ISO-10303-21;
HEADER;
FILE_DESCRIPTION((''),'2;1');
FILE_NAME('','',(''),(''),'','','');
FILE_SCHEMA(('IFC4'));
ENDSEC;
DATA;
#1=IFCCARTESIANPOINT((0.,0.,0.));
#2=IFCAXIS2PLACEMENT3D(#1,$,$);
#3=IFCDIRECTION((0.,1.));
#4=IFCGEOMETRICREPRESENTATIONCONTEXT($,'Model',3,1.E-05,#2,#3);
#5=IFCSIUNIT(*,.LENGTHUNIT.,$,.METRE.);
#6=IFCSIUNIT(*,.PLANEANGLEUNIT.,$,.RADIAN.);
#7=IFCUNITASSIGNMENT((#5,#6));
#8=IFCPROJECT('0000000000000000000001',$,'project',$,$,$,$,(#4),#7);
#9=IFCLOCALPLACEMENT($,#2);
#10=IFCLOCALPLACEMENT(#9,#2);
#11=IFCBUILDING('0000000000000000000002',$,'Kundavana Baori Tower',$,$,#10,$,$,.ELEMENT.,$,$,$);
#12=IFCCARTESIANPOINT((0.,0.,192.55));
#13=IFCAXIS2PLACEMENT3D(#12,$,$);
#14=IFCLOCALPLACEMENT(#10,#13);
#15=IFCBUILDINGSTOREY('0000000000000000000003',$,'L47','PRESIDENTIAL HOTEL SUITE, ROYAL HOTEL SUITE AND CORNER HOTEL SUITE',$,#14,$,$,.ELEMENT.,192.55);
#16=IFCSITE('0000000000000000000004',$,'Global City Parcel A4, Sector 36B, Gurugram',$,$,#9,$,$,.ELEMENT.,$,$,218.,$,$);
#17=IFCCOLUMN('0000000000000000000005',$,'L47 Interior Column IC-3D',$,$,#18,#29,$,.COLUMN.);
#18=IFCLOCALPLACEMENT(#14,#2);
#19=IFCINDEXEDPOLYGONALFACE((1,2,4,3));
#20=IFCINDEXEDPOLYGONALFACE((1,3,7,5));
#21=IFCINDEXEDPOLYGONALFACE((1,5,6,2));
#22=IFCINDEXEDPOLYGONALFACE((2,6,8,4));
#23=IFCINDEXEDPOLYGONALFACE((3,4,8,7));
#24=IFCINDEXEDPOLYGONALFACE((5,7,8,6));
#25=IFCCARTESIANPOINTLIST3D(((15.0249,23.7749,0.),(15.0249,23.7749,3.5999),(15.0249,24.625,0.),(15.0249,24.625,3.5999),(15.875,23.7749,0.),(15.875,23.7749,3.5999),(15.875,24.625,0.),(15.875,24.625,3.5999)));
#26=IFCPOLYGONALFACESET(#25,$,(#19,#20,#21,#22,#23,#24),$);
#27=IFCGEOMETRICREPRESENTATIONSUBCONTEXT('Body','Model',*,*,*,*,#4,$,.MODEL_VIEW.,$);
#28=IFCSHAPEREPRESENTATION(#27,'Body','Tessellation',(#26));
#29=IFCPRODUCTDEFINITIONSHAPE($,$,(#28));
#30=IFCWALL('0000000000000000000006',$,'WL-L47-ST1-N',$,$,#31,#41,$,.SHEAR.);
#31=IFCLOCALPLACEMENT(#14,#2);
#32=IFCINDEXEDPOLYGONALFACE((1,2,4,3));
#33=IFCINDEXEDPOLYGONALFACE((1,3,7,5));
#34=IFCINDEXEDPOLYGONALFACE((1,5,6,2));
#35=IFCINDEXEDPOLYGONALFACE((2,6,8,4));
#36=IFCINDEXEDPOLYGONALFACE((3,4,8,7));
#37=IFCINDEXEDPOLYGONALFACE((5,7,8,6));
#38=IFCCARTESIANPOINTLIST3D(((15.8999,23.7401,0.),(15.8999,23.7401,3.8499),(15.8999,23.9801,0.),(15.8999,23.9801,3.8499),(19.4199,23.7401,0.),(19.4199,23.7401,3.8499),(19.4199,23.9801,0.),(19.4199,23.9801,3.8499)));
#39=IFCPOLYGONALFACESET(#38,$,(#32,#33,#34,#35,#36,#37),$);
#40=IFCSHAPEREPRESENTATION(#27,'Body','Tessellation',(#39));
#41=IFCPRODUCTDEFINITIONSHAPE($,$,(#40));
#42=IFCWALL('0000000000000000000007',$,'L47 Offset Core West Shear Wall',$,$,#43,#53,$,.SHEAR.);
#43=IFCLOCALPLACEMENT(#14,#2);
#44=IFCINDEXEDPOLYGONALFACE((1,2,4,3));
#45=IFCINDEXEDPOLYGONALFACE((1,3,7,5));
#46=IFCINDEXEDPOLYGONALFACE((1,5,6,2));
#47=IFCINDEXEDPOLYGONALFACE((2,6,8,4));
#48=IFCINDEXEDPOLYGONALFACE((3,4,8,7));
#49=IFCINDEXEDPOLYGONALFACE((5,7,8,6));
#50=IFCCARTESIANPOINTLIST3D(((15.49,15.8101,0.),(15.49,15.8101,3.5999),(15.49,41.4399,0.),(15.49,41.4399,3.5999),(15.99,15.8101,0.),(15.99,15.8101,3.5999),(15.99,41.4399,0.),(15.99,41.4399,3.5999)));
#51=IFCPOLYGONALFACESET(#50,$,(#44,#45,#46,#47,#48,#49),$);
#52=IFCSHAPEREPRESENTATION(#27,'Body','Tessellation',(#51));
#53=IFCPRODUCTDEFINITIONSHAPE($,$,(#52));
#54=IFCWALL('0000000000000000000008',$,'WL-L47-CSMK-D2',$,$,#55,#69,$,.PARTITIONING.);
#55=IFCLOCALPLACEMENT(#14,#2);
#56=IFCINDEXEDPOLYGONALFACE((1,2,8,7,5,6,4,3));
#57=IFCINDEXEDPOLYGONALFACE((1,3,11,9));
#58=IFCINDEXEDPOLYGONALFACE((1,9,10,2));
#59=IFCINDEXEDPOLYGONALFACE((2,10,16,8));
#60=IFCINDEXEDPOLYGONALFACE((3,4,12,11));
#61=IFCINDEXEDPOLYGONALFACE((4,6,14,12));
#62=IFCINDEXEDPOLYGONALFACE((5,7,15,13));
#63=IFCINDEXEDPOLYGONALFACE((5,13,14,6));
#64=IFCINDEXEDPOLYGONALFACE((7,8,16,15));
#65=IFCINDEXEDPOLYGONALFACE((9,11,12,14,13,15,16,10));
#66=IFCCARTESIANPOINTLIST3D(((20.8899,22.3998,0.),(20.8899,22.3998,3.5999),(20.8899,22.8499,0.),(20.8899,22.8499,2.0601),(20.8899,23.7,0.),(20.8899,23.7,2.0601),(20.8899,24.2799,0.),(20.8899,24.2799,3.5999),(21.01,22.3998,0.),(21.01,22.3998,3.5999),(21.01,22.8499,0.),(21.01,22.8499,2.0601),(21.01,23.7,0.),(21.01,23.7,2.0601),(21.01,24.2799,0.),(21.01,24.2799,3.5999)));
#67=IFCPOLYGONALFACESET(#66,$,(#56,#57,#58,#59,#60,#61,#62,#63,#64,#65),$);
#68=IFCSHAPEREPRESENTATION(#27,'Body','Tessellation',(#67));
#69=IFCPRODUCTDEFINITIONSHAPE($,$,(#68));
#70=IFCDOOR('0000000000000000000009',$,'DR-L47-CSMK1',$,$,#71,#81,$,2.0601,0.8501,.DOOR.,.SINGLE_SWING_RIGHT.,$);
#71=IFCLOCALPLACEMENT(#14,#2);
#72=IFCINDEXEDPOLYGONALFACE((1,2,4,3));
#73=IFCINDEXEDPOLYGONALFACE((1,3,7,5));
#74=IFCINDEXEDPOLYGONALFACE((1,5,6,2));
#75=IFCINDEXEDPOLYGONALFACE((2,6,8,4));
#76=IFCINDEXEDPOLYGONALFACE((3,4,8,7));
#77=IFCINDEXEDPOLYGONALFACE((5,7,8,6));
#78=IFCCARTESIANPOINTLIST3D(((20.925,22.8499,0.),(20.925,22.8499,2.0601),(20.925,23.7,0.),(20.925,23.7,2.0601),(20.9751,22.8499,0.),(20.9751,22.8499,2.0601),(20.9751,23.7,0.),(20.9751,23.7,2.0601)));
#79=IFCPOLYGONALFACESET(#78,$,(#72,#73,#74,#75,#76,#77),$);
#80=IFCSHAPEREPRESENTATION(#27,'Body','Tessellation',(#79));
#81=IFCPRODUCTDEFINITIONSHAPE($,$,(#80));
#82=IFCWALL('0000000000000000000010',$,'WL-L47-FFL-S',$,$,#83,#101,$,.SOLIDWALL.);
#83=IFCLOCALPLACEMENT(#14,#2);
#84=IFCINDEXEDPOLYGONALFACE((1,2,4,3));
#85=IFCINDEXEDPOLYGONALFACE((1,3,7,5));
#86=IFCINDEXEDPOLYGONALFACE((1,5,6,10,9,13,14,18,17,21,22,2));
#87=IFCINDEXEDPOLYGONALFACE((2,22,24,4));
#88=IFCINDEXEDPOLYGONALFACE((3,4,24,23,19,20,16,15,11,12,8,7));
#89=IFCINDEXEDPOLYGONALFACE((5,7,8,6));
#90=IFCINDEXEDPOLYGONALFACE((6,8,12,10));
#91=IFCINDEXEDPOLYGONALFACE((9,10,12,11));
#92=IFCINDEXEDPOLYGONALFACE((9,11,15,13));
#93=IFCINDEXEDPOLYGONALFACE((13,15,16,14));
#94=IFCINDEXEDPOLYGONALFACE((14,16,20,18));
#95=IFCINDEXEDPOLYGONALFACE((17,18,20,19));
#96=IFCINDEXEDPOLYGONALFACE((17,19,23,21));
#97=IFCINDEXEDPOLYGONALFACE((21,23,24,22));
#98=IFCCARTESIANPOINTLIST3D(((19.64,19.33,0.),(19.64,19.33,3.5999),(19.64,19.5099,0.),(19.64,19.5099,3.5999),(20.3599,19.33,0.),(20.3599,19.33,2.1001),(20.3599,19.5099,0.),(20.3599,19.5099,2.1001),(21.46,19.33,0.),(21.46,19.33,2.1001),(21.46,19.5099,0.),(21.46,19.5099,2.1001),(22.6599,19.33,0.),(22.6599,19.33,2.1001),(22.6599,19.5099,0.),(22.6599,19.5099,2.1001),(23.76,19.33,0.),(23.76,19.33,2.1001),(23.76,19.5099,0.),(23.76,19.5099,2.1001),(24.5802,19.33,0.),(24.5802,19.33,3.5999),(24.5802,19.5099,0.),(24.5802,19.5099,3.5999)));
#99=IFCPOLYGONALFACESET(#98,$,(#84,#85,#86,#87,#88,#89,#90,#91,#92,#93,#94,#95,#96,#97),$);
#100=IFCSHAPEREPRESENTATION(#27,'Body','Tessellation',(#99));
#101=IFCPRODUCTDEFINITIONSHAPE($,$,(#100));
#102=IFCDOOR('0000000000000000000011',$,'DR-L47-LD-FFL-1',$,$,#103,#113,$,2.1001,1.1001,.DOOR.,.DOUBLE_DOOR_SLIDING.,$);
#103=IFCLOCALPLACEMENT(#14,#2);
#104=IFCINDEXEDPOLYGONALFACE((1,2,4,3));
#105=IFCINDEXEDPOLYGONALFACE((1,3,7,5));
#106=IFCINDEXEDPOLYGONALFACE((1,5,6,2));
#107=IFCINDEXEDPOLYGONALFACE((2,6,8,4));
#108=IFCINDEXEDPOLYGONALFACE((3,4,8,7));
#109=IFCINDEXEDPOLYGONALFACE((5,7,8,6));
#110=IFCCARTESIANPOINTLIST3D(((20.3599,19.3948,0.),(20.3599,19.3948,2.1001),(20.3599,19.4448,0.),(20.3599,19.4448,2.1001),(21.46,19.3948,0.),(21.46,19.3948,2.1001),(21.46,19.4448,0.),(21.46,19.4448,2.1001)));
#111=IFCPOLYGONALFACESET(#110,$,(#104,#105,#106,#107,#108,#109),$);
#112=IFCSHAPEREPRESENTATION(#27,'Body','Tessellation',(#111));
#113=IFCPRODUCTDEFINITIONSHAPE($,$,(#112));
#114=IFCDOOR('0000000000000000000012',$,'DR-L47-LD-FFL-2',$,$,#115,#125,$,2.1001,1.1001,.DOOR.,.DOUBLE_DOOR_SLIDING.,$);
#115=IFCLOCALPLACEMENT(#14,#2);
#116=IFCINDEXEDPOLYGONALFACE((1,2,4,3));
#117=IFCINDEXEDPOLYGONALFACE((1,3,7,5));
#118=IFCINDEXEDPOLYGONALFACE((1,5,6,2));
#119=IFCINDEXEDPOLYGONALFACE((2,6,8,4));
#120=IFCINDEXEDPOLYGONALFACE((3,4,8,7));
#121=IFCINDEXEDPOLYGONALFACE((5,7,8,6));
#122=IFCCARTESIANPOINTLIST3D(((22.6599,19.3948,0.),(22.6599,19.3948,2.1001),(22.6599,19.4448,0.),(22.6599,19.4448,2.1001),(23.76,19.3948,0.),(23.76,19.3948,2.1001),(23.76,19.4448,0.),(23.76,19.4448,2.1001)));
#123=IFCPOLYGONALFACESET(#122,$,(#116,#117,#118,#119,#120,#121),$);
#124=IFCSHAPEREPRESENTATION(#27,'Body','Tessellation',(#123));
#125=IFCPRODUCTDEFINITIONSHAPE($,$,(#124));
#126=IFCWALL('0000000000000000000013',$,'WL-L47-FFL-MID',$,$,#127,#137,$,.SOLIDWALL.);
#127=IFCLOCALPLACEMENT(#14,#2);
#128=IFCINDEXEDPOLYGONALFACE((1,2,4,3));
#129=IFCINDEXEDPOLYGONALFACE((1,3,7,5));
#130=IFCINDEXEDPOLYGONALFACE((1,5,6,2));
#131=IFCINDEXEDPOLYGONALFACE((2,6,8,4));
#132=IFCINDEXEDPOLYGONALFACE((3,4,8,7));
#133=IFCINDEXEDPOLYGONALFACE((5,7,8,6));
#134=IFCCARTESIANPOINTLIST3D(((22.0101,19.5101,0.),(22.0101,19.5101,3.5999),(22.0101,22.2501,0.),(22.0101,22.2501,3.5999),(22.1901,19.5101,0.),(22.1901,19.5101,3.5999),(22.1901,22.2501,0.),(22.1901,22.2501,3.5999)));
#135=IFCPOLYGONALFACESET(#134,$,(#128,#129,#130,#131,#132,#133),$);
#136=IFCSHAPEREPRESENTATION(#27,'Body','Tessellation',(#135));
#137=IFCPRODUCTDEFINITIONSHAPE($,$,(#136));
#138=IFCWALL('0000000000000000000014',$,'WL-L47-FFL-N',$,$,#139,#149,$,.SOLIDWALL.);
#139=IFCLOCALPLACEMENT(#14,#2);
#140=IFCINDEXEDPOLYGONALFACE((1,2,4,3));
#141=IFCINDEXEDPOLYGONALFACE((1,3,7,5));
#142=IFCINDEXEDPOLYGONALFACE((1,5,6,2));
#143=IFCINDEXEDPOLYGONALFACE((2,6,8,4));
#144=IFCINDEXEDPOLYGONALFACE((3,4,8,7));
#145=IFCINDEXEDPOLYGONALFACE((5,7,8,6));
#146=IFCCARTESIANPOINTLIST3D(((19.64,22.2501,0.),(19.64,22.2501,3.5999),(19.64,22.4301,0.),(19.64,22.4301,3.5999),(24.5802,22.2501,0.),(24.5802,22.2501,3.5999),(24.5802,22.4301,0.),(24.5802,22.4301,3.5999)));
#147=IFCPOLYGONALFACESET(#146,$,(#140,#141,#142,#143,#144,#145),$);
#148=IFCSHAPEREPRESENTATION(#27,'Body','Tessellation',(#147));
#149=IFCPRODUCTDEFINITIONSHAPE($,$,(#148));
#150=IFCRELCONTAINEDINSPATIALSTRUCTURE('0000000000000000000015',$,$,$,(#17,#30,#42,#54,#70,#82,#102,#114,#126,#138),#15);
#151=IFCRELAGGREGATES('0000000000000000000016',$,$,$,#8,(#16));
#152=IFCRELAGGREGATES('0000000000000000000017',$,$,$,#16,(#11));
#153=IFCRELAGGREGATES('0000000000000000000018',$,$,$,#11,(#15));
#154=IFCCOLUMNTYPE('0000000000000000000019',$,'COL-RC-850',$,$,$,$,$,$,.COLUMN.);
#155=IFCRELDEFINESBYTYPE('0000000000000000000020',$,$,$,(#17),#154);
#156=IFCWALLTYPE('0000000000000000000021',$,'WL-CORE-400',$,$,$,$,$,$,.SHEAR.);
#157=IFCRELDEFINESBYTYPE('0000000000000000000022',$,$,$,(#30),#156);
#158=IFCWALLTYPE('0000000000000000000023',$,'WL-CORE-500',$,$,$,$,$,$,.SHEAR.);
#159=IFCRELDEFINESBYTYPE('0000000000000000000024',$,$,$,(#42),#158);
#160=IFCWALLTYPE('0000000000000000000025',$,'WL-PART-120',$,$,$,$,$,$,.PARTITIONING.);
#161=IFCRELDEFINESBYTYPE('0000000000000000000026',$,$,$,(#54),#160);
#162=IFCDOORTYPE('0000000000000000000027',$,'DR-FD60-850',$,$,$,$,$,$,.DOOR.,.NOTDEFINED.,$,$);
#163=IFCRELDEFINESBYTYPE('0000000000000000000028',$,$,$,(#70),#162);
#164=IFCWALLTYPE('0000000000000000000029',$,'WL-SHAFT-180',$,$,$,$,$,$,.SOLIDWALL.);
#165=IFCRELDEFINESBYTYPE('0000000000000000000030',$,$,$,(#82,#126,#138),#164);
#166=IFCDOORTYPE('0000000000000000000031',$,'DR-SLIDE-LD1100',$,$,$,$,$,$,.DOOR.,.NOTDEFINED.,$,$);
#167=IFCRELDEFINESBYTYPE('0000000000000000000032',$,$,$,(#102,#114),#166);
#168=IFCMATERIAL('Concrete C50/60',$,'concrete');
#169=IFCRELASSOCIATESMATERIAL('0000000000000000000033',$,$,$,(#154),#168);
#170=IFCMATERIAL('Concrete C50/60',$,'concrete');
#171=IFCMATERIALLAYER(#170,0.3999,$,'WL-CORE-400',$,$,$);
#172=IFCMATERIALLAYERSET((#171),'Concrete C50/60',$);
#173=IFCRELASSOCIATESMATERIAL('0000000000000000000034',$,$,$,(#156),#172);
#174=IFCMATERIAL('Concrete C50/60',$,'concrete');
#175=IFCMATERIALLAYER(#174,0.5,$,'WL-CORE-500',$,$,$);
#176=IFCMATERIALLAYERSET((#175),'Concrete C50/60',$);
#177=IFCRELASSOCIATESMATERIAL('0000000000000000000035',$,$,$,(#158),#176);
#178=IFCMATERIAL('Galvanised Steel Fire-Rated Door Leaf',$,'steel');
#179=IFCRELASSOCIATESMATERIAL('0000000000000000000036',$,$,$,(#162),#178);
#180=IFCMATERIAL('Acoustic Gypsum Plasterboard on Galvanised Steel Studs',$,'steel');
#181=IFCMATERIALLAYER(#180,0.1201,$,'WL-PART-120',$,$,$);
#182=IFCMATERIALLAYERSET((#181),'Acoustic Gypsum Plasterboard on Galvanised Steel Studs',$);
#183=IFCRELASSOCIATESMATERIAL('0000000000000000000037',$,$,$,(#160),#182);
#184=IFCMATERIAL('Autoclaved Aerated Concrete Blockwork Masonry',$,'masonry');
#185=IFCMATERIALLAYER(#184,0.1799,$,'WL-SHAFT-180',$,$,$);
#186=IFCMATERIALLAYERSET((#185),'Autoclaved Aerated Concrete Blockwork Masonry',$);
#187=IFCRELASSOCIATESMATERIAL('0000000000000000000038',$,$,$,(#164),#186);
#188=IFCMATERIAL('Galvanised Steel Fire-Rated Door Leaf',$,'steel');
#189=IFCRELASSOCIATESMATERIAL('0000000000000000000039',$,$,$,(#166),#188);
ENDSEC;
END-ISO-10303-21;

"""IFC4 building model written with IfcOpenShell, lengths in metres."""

from ifc_helpers import new_model, si_unit, direction, frame, frame_2d, origin, origin_2d, place, context, subcontext, project, spatial, rectangle, extrude, material, layer, layer_set, material_profile, profile_set, type_object, element, fill, save


model = new_model("IFC4")

# Units and contexts
model_context = context("Model", 3, precision=1e-05, world=origin(), true_north=direction((0.0, 1.0)))
body_context = subcontext(model_context, "Body", "Model", "MODEL_VIEW")
ifc_project = project(units=[si_unit("LENGTHUNIT", "METRE"), si_unit("PLANEANGLEUNIT", "RADIAN")], contexts=[model_context])

# Site, building, storey
site_placement = place(None, origin())
site = spatial("IfcSite", under=ifc_project, at=site_placement, Name="Global City Parcel A4, Sector 36B, Gurugram", CompositionType="ELEMENT", RefElevation=218.0)
building_placement = place(site_placement, origin())
building = spatial("IfcBuilding", under=site, at=building_placement, Name="Kundavana Baori Tower", CompositionType="ELEMENT")
storey_placement = place(building_placement, frame((0.0, 0.0, 192.55)))
storey = spatial("IfcBuildingStorey", under=building, at=storey_placement, Name="L47", Description="PRESIDENTIAL HOTEL SUITE, ROYAL HOTEL SUITE AND CORNER HOTEL SUITE", CompositionType="ELEMENT", Elevation=192.55)

# Column
ifc_material_1 = material(Name="Concrete C50/60", Category="concrete")
ifc_material_profile = material_profile(ifc_material_1, rectangle(XDim=0.8501, YDim=0.8501, at=origin_2d()), Name="RC 850x850")
ifc_profile_set = profile_set([ifc_material_profile], Name="Concrete C50/60")
column_type = type_object("IfcColumnType", Name="COL-RC-850", PredefinedType="COLUMN", material=ifc_profile_set)
column_placement = place(storey_placement, frame((15.45, 24.2, 0.0), z_axis=(0.0, 0.0, 1.0), x_axis=(1.0, 0.0, 0.0)))
element("IfcColumn", 1, at=column_placement, inside=storey, type_object=column_type, Name="L47 Interior Column IC-3D", PredefinedType="COLUMN", context=body_context, shape_type="SweptSolid", body=[
    extrude(rectangle(XDim=0.8501, YDim=0.8501, at=origin_2d()), origin(), (0.0, 0.0, 1.0), 3.5999),
])

# Walls
ifc_material_2 = material(Name="Concrete C50/60", Category="concrete")
ifc_layer_1 = layer(ifc_material_2, 0.3999, Name="WL-CORE-400")
ifc_layer_set_1 = layer_set([ifc_layer_1], Name="Concrete C50/60")
wall_type_1 = type_object("IfcWallType", Name="WL-CORE-400", PredefinedType="SHEAR", material=ifc_layer_set_1)
wall_1_placement = place(storey_placement, frame((15.8999, 23.8601, 0.0), z_axis=(0.0, 0.0, 1.0), x_axis=(1.0, 0.0, 0.0)))
element("IfcWall", 2, at=wall_1_placement, inside=storey, type_object=wall_type_1, Name="WL-L47-ST1-N", PredefinedType="SHEAR", context=body_context, shape_type="SweptSolid", body=[
    extrude(rectangle(XDim=3.52, YDim=0.24, at=frame_2d((1.76, 0.0))), origin(), (0.0, 0.0, 1.0), 3.8499),
])
ifc_material_3 = material(Name="Concrete C50/60", Category="concrete")
ifc_layer_2 = layer(ifc_material_3, 0.5, Name="WL-CORE-500")
ifc_layer_set_2 = layer_set([ifc_layer_2], Name="Concrete C50/60")
wall_type_2 = type_object("IfcWallType", Name="WL-CORE-500", PredefinedType="SHEAR", material=ifc_layer_set_2)
wall_2_placement = place(storey_placement, frame((15.74, 15.8101, 0.0), z_axis=(0.0, 0.0, 1.0), x_axis=(0.0, 1.0, 0.0)))
element("IfcWall", 3, at=wall_2_placement, inside=storey, type_object=wall_type_2, Name="L47 Offset Core West Shear Wall", PredefinedType="SHEAR", context=body_context, shape_type="SweptSolid", body=[
    extrude(rectangle(XDim=25.6299, YDim=0.5, at=frame_2d((12.8149, 0.0))), origin(), (0.0, 0.0, 1.0), 3.5999),
])

# Shared definitions
ifc_material_4 = material(Name="Galvanised Steel Fire-Rated Door Leaf", Category="steel")
door_type_1 = type_object("IfcDoorType", Name="DR-FD60-850", OperationType="NOTDEFINED", PredefinedType="DOOR", material=ifc_material_4)

# Wall, opening, door
ifc_material_5 = material(Name="Acoustic Gypsum Plasterboard on Galvanised Steel Studs", Category="steel")
ifc_layer_3 = layer(ifc_material_5, 0.1201, Name="WL-PART-120")
ifc_layer_set_3 = layer_set([ifc_layer_3], Name="Acoustic Gypsum Plasterboard on Galvanised Steel Studs")
wall_type_3 = type_object("IfcWallType", Name="WL-PART-120", PredefinedType="PARTITIONING", material=ifc_layer_set_3)
wall_3_placement = place(storey_placement, frame((20.95, 22.3999, 0.0), z_axis=(0.0, 0.0, 1.0), x_axis=(0.0, 1.0, 0.0)))
wall_3 = element("IfcWall", 4, at=wall_3_placement, inside=storey, type_object=wall_type_3, Name="WL-L47-CSMK-D2", PredefinedType="PARTITIONING", context=body_context, shape_type="SweptSolid", body=[
    extrude(rectangle(XDim=1.8801, YDim=0.1201, at=frame_2d((0.9399, 0.0))), origin(), (0.0, 0.0, 1.0), 3.5999),
])
opening_1_placement = place(wall_3_placement, frame((0.45, 0.0, 0.0)))
opening_1 = element("IfcOpeningElement", 5, at=opening_1_placement, cuts=wall_3, PredefinedType="OPENING", context=body_context, shape_type="SweptSolid", body=[
    extrude(rectangle(XDim=0.8501, YDim=2.0601, at=frame_2d((0.425, 1.03))), frame((0.0, 0.0701, 0.0), z_axis=(0.0, -1.0, 0.0), x_axis=(1.0, 0.0, 0.0)), (0.0, 0.0, 1.0), 0.1401),
])
door_1_placement = place(opening_1_placement, origin())
door_1 = element("IfcDoor", 6, at=door_1_placement, inside=storey, type_object=door_type_1, Name="DR-L47-CSMK1", OperationType="SINGLE_SWING_RIGHT", OverallHeight=2.0601, OverallWidth=0.8501, PredefinedType="DOOR", context=body_context, shape_type="SweptSolid", body=[
    extrude(rectangle(XDim=0.8501, YDim=2.0601, at=frame_2d((0.425, 1.03))), frame((0.0, 0.0249, 0.0), z_axis=(0.0, -1.0, 0.0), x_axis=(1.0, 0.0, 0.0)), (0.0, 0.0, 1.0), 0.05),
])
fill(opening_1, door_1)

# Wall, openings, doors
ifc_material_6 = material(Name="Autoclaved Aerated Concrete Blockwork Masonry", Category="masonry")
ifc_layer_4 = layer(ifc_material_6, 0.1799, Name="WL-SHAFT-180")
ifc_layer_set_4 = layer_set([ifc_layer_4], Name="Autoclaved Aerated Concrete Blockwork Masonry")
wall_type_4 = type_object("IfcWallType", Name="WL-SHAFT-180", PredefinedType="SOLIDWALL", material=ifc_layer_set_4)
wall_4_placement = place(storey_placement, frame((19.6399, 19.4199, 0.0), z_axis=(0.0, 0.0, 1.0), x_axis=(1.0, 0.0, 0.0)))
wall_4 = element("IfcWall", 7, at=wall_4_placement, inside=storey, type_object=wall_type_4, Name="WL-L47-FFL-S", PredefinedType="SOLIDWALL", context=body_context, shape_type="SweptSolid", body=[
    extrude(rectangle(XDim=4.9402, YDim=0.1799, at=frame_2d((2.4702, 0.0))), origin(), (0.0, 0.0, 1.0), 3.5999),
])
opening_2_placement = place(wall_4_placement, frame((0.72, 0.0, 0.0)))
opening_2 = element("IfcOpeningElement", 8, at=opening_2_placement, cuts=wall_4, PredefinedType="OPENING", context=body_context, shape_type="SweptSolid", body=[
    extrude(rectangle(XDim=1.1001, YDim=2.1001, at=frame_2d((0.55, 1.05))), frame((0.0, 0.1001, 0.0), z_axis=(0.0, -1.0, 0.0), x_axis=(1.0, 0.0, 0.0)), (0.0, 0.0, 1.0), 0.2),
])
opening_3_placement = place(wall_4_placement, frame((3.02, 0.0, 0.0)))
opening_3 = element("IfcOpeningElement", 9, at=opening_3_placement, cuts=wall_4, PredefinedType="OPENING", context=body_context, shape_type="SweptSolid", body=[
    extrude(rectangle(XDim=1.1001, YDim=2.1001, at=frame_2d((0.55, 1.05))), frame((0.0, 0.1001, 0.0), z_axis=(0.0, -1.0, 0.0), x_axis=(1.0, 0.0, 0.0)), (0.0, 0.0, 1.0), 0.2),
])
ifc_material_7 = material(Name="Galvanised Steel Fire-Rated Door Leaf", Category="steel")
door_type_2 = type_object("IfcDoorType", Name="DR-SLIDE-LD1100", OperationType="NOTDEFINED", PredefinedType="DOOR", material=ifc_material_7)
door_2_placement = place(opening_2_placement, origin())
door_2 = element("IfcDoor", 10, at=door_2_placement, inside=storey, type_object=door_type_2, Name="DR-L47-LD-FFL-1", OperationType="DOUBLE_DOOR_SLIDING", OverallHeight=2.1001, OverallWidth=1.1001, PredefinedType="DOOR", context=body_context, shape_type="SweptSolid", body=[
    extrude(rectangle(XDim=1.1001, YDim=2.1001, at=frame_2d((0.55, 1.05))), frame((0.0, 0.0249, 0.0), z_axis=(0.0, -1.0, 0.0), x_axis=(1.0, 0.0, 0.0)), (0.0, 0.0, 1.0), 0.05),
])
fill(opening_2, door_2)
door_3_placement = place(opening_3_placement, origin())
door_3 = element("IfcDoor", 11, at=door_3_placement, inside=storey, type_object=door_type_2, Name="DR-L47-LD-FFL-2", OperationType="DOUBLE_DOOR_SLIDING", OverallHeight=2.1001, OverallWidth=1.1001, PredefinedType="DOOR", context=body_context, shape_type="SweptSolid", body=[
    extrude(rectangle(XDim=1.1001, YDim=2.1001, at=frame_2d((0.55, 1.05))), frame((0.0, 0.0249, 0.0), z_axis=(0.0, -1.0, 0.0), x_axis=(1.0, 0.0, 0.0)), (0.0, 0.0, 1.0), 0.05),
])
fill(opening_3, door_3)

# Walls
wall_5_placement = place(storey_placement, frame((22.1001, 19.51, 0.0), z_axis=(0.0, 0.0, 1.0), x_axis=(0.0, 1.0, 0.0)))
element("IfcWall", 12, at=wall_5_placement, inside=storey, type_object=wall_type_4, Name="WL-L47-FFL-MID", PredefinedType="SOLIDWALL", context=body_context, shape_type="SweptSolid", body=[
    extrude(rectangle(XDim=2.74, YDim=0.1799, at=frame_2d((1.3701, 0.0))), origin(), (0.0, 0.0, 1.0), 3.5999),
])
wall_6_placement = place(storey_placement, frame((19.6399, 22.3401, 0.0), z_axis=(0.0, 0.0, 1.0), x_axis=(1.0, 0.0, 0.0)))
element("IfcWall", 13, at=wall_6_placement, inside=storey, type_object=wall_type_4, Name="WL-L47-FFL-N", PredefinedType="SOLIDWALL", context=body_context, shape_type="SweptSolid", body=[
    extrude(rectangle(XDim=4.9402, YDim=0.1799, at=frame_2d((2.4702, 0.0))), origin(), (0.0, 0.0, 1.0), 3.5999),
])

save(model, "model.ifc")
